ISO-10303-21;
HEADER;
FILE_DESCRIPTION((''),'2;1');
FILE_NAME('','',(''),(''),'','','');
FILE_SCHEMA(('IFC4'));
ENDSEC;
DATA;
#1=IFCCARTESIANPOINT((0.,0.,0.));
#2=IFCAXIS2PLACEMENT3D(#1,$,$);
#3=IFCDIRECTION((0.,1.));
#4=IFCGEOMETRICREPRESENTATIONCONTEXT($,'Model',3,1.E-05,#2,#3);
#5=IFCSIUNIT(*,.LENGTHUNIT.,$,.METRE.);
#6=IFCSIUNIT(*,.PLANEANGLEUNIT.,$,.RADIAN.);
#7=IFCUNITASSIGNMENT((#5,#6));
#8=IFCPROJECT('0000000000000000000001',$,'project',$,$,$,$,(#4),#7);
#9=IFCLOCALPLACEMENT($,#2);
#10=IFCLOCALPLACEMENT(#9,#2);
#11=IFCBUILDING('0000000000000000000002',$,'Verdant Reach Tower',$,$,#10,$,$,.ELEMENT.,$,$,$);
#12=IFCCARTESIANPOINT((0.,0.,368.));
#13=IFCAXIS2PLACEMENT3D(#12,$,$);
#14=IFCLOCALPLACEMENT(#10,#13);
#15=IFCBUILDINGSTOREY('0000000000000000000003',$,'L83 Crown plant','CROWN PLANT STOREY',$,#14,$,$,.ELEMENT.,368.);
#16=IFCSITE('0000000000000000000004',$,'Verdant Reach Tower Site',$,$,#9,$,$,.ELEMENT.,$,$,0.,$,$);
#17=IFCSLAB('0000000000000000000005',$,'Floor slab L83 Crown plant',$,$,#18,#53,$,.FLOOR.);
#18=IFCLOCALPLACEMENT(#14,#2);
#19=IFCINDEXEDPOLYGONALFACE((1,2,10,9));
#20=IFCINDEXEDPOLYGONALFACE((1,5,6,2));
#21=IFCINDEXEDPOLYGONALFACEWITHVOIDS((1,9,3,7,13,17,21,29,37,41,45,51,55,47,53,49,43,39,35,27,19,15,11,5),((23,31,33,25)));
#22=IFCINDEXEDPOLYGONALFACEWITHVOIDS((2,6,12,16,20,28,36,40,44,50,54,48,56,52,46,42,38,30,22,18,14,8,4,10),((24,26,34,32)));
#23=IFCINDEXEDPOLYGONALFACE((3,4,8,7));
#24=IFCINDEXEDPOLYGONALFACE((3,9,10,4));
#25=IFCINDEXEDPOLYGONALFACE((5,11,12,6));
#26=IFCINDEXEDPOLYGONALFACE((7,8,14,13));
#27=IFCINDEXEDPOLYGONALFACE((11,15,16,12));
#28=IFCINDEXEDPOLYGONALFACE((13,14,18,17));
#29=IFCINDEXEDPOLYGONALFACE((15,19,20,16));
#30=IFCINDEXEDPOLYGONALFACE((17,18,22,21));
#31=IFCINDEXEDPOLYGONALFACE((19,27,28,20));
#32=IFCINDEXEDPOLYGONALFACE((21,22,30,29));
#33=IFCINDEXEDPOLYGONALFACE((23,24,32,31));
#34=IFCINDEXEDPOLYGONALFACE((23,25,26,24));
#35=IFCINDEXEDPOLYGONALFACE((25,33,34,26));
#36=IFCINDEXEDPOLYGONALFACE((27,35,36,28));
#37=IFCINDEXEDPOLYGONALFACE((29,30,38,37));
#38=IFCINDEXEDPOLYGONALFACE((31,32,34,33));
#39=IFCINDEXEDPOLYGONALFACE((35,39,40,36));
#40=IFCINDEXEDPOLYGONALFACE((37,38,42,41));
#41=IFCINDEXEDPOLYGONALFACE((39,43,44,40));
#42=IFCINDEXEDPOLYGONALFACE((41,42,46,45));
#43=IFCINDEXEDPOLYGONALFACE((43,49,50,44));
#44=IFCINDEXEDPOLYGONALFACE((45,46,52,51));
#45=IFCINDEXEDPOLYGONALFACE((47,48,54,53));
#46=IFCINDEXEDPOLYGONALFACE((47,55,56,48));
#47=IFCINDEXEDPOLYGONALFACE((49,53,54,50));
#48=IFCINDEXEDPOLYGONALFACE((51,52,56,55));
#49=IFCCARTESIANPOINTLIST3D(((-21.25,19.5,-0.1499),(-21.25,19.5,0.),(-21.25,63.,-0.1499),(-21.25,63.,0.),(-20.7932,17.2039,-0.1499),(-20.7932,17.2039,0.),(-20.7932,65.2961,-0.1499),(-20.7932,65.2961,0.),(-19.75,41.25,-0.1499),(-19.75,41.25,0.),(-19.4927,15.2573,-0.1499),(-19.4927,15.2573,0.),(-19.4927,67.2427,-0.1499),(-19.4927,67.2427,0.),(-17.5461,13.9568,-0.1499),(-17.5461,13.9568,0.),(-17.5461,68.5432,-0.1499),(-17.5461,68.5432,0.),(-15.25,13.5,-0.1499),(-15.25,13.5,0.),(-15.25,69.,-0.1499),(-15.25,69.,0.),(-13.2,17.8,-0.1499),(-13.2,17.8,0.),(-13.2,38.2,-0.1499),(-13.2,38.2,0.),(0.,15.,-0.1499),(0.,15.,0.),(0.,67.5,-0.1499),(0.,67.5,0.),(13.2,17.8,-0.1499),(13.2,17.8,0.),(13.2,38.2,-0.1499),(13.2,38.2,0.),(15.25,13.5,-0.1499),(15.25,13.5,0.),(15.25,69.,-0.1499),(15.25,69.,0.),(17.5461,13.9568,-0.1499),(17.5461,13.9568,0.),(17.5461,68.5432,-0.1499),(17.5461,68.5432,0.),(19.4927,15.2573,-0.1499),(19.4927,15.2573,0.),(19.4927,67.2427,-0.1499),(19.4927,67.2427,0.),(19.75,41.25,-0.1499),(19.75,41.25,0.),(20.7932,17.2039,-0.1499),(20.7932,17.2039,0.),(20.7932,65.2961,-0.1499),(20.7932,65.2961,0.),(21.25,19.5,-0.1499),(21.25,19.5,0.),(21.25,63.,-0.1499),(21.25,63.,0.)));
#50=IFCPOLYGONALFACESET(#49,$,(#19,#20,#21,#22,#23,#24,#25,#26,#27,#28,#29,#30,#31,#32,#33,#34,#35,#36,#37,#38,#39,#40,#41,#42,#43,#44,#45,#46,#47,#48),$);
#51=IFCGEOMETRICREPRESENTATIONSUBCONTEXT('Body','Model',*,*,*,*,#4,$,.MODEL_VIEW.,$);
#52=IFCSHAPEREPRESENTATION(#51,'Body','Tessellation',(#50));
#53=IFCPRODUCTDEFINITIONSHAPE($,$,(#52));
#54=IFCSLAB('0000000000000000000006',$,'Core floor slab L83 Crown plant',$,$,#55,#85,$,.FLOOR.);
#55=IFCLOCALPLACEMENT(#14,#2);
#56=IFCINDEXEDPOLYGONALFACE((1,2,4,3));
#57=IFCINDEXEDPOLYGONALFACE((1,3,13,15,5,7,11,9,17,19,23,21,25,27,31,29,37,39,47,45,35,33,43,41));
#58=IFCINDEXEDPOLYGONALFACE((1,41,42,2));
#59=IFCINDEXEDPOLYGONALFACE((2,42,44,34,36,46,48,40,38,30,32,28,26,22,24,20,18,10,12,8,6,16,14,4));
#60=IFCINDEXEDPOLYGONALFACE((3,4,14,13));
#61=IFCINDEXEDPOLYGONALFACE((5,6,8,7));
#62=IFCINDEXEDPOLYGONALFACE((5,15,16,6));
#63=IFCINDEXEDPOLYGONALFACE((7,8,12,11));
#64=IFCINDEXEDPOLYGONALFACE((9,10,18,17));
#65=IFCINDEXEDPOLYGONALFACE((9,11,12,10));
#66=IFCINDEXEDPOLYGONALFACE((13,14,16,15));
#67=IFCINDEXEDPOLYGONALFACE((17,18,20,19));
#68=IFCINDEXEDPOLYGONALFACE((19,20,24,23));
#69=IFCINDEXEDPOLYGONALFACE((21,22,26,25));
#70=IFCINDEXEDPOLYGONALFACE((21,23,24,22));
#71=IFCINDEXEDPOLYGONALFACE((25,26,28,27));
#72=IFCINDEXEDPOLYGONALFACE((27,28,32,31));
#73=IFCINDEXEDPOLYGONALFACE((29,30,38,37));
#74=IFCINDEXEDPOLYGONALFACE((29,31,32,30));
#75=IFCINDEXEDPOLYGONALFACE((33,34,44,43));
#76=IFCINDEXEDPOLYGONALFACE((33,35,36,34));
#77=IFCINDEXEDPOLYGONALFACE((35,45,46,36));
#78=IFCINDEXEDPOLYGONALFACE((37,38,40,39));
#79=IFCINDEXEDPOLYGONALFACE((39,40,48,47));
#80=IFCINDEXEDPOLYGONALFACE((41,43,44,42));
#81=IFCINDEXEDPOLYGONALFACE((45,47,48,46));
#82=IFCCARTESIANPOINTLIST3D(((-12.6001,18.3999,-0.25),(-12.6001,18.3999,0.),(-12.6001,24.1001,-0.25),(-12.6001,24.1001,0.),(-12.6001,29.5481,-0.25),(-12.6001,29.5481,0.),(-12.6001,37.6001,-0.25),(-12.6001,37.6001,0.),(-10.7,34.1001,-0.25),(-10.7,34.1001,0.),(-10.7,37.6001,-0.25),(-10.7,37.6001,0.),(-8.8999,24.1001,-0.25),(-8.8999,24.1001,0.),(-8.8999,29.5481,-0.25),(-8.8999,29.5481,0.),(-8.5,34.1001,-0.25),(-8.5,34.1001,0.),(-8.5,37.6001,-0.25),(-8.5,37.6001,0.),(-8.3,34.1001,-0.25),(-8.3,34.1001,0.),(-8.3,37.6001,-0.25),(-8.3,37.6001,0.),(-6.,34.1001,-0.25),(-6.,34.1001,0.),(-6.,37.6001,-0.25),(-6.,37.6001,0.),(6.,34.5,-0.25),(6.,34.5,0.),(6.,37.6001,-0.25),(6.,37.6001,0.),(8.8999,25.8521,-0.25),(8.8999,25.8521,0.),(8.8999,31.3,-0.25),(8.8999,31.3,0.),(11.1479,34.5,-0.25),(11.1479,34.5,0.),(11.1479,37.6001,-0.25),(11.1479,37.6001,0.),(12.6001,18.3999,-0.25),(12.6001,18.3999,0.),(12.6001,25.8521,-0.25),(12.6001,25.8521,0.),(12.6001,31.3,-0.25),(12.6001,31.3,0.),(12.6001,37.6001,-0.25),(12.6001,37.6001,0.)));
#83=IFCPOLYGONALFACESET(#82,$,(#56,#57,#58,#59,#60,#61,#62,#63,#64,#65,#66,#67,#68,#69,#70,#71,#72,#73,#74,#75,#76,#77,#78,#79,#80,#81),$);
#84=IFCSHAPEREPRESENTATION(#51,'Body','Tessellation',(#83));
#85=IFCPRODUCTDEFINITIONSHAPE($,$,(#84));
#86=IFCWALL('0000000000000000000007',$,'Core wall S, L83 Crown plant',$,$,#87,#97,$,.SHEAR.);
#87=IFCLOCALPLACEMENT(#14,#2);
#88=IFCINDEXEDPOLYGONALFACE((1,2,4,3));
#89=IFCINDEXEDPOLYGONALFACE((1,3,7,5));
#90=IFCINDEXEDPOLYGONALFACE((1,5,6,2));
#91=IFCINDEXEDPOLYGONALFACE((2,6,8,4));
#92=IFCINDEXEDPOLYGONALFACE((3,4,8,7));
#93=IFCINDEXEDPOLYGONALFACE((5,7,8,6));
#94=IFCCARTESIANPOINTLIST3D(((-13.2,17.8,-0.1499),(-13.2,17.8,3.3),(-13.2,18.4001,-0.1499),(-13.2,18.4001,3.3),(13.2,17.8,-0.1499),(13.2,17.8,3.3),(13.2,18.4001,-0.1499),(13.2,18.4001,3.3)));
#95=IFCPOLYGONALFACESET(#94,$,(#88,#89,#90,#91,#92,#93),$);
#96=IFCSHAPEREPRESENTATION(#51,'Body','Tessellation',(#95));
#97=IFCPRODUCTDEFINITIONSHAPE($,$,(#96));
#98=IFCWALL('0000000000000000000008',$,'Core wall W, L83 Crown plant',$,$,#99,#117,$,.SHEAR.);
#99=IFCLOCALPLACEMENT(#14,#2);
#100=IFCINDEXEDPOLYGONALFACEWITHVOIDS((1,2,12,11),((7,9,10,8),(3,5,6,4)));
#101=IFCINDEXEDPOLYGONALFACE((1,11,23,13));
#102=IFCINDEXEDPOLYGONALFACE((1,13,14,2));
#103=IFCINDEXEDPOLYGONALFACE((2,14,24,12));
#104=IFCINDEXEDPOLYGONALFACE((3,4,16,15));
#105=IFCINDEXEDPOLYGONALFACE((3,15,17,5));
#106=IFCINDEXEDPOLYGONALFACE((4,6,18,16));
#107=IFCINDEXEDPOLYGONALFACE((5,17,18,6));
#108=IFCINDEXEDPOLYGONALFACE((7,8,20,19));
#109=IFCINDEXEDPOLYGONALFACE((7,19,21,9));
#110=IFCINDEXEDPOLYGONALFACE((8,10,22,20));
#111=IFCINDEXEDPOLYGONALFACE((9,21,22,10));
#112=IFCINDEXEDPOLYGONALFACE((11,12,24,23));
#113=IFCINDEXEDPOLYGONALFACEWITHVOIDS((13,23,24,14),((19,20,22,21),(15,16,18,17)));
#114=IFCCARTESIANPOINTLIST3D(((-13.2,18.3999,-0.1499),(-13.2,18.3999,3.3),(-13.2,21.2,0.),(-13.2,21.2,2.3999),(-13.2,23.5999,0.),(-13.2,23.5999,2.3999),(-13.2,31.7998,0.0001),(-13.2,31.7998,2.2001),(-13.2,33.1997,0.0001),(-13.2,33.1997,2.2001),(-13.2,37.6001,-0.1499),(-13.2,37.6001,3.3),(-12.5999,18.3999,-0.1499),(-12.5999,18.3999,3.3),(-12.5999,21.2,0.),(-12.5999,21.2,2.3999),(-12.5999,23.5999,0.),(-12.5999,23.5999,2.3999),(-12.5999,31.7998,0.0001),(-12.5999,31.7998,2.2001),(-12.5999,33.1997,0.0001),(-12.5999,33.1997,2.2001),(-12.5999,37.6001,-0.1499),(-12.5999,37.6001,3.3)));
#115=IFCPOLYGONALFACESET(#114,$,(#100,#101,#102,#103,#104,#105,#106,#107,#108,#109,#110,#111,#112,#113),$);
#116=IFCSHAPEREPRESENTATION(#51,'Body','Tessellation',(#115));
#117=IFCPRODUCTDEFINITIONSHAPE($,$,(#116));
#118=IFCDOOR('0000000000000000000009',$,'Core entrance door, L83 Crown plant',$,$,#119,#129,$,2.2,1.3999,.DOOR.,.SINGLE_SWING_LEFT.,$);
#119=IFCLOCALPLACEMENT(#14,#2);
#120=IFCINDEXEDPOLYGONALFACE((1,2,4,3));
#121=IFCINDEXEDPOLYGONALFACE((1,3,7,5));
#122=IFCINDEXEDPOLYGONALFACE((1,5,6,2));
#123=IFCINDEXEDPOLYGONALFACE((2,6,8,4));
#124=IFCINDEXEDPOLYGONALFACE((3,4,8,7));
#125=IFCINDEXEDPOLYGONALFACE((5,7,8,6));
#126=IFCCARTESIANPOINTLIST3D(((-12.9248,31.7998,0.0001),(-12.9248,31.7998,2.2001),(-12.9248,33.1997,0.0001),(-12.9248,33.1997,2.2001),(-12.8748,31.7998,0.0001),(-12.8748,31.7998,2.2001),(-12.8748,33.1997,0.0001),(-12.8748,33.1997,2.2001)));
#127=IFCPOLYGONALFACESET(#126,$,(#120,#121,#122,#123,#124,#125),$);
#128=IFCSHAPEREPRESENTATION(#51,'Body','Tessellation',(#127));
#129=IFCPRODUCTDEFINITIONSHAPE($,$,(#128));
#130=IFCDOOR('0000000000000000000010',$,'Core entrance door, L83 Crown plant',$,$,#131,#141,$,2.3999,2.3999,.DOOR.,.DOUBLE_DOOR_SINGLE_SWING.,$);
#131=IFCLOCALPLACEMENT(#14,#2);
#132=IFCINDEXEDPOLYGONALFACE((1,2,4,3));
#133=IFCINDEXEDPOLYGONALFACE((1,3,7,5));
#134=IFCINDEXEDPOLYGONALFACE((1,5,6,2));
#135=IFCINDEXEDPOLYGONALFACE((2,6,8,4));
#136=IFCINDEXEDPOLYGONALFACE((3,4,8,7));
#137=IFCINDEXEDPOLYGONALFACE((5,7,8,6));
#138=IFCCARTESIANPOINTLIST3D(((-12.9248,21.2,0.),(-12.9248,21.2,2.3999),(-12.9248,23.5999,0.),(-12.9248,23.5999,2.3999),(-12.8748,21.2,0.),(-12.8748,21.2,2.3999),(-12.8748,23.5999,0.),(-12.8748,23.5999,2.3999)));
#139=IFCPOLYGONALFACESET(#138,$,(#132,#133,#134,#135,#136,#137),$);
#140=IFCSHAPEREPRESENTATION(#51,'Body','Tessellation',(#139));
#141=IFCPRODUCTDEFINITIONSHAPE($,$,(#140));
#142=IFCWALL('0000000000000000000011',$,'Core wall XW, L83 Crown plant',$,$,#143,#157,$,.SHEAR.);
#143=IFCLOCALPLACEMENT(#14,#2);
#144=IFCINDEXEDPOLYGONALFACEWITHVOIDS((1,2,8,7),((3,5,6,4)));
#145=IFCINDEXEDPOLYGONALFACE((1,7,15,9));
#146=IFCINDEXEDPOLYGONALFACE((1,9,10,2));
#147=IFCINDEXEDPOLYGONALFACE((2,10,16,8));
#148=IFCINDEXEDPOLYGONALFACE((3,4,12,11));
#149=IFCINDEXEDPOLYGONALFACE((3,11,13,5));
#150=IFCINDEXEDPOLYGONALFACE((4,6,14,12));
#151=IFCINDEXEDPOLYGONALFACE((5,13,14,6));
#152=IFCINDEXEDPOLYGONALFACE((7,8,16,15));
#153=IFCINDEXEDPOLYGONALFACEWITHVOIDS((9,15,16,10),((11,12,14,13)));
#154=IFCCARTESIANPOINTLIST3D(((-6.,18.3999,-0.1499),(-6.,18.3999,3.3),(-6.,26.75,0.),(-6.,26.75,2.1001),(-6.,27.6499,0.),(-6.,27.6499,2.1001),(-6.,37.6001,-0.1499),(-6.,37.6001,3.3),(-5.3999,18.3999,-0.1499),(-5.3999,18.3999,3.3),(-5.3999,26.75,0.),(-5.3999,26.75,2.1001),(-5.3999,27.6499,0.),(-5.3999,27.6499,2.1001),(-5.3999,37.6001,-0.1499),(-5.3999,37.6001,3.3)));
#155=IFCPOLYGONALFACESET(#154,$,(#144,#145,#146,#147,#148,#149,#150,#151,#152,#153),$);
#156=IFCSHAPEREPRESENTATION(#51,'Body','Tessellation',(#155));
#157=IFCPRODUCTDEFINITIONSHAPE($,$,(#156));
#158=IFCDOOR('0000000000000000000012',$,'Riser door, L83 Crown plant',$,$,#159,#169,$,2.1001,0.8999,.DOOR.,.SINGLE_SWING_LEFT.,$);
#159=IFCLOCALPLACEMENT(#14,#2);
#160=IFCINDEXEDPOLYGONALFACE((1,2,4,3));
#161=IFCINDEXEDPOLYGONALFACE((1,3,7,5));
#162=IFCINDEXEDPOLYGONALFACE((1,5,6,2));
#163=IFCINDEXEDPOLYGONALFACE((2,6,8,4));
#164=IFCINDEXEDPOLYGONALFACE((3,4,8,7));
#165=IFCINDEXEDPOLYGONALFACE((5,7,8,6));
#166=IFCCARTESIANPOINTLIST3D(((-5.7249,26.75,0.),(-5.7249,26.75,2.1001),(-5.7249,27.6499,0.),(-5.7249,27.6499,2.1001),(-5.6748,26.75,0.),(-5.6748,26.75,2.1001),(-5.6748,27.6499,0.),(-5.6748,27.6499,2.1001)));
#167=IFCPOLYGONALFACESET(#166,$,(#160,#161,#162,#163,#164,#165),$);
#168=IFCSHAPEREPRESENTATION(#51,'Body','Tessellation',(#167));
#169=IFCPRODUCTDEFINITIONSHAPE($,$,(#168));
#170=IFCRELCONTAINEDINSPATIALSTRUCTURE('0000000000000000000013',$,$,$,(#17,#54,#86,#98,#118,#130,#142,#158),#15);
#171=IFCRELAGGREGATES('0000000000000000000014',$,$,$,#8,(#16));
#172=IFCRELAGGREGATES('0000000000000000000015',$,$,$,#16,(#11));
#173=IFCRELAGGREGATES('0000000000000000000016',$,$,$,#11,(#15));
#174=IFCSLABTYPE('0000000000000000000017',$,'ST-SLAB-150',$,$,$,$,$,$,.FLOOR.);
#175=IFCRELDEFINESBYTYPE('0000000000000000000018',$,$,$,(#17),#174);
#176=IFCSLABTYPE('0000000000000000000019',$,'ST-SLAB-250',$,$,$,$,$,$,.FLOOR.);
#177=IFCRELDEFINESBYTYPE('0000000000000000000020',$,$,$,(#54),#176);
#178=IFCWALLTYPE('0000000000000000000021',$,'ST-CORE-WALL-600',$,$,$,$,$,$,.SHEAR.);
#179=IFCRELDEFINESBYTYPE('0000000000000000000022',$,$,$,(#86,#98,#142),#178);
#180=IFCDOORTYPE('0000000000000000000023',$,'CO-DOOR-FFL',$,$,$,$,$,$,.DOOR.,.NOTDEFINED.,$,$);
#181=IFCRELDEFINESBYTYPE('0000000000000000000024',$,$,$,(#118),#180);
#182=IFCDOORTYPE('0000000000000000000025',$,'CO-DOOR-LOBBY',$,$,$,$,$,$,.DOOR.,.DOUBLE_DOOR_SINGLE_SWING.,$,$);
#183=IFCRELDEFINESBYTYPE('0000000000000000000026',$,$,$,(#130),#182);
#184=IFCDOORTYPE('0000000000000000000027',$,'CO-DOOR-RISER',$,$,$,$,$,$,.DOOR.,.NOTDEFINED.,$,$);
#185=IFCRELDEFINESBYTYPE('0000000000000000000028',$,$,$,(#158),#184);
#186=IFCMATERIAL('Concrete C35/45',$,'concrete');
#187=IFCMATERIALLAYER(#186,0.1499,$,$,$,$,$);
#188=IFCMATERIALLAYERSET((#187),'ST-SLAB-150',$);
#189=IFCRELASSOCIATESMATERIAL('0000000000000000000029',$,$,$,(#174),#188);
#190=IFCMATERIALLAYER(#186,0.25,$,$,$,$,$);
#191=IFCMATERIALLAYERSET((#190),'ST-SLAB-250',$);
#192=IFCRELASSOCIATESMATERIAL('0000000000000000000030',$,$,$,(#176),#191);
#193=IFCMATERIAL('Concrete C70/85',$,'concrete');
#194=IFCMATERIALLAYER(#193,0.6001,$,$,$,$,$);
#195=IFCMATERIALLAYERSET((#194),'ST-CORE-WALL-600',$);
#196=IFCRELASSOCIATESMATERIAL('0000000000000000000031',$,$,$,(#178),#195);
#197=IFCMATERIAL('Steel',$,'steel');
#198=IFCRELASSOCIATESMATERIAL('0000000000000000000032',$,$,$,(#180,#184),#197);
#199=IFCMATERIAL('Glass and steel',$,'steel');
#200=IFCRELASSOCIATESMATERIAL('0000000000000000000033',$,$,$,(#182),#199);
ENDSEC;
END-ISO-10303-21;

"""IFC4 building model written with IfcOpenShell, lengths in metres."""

from ifc_helpers import new_model, si_unit, direction, frame, frame_2d, origin, place, context, subcontext, project, spatial, polyline, rectangle, outline, extrude, material, layer, layer_set, type_object, element, fill, save


model = new_model("IFC4")

# Units and contexts
model_context = context("Model", 3, precision=1e-05, world=origin(), true_north=direction((0.0, 1.0)))
body_context = subcontext(model_context, "Body", "Model", "MODEL_VIEW")
ifc_project = project(units=[si_unit("LENGTHUNIT", "METRE"), si_unit("PLANEANGLEUNIT", "RADIAN")], contexts=[model_context])

# Site, building, storey
site_placement = place(None, origin())
site = spatial("IfcSite", under=ifc_project, at=site_placement, Name="Verdant Reach Tower Site", CompositionType="ELEMENT", RefElevation=0.0)
building_placement = place(site_placement, origin())
building = spatial("IfcBuilding", under=site, at=building_placement, Name="Verdant Reach Tower", CompositionType="ELEMENT")
storey_placement = place(building_placement, frame((0.0, 0.0, 368.0)))
storey = spatial("IfcBuildingStorey", under=building, at=storey_placement, Name="L83 Crown plant", Description="CROWN PLANT STOREY", CompositionType="ELEMENT", Elevation=368.0)

# Slabs
ifc_material_1 = material(Name="Concrete C35/45", Category="concrete")
ifc_layer_1 = layer(ifc_material_1, 0.1499)
ifc_layer_set_1 = layer_set([ifc_layer_1], Name="ST-SLAB-150")
slab_type_1 = type_object("IfcSlabType", Name="ST-SLAB-150", PredefinedType="FLOOR", material=ifc_layer_set_1)
slab_1_placement = place(storey_placement, frame((0.0, 0.0, -0.1499)))
element("IfcSlab", 1, at=slab_1_placement, inside=storey, type_object=slab_type_1, Name="Floor slab L83 Crown plant", PredefinedType="FLOOR", context=body_context, shape_type="SweptSolid", body=[
    extrude(outline(polyline([(0.0, 15.0), (-15.25, 13.5), (-17.5461, 13.9568), (-19.4927, 15.2573), (-20.7932, 17.2039), (-21.25, 19.5), (-19.75, 41.25), (-21.25, 63.0), (-20.7932, 65.2961), (-19.4927, 67.2427), (-17.5461, 68.5432), (-15.25, 69.0), (0.0, 67.5), (15.25, 69.0), (17.5461, 68.5432), (19.4927, 67.2427), (20.7932, 65.2961), (21.25, 63.0), (19.75, 41.25), (21.25, 19.5), (20.7932, 17.2039), (19.4927, 15.2573), (17.5461, 13.9568), (15.25, 13.5), (0.0, 15.0)]), holes=[polyline([(13.2, 38.2), (-13.2, 38.2), (-13.2, 17.8), (13.2, 17.8), (13.2, 38.2)])]), origin(), (0.0, 0.0, 1.0), 0.1499),
])
ifc_layer_2 = layer(ifc_material_1, 0.25)
ifc_layer_set_2 = layer_set([ifc_layer_2], Name="ST-SLAB-250")
slab_type_2 = type_object("IfcSlabType", Name="ST-SLAB-250", PredefinedType="FLOOR", material=ifc_layer_set_2)
slab_2_placement = place(storey_placement, frame((0.0, 0.0, -0.25)))
element("IfcSlab", 2, at=slab_2_placement, inside=storey, type_object=slab_type_2, Name="Core floor slab L83 Crown plant", PredefinedType="FLOOR", context=body_context, shape_type="SweptSolid", body=[
    extrude(outline(polyline([(12.6001, 18.3999), (-12.6001, 18.3999), (-12.6001, 24.1001), (-8.8999, 24.1001), (-8.8999, 29.5481), (-12.6001, 29.5481), (-12.6001, 37.6001), (-10.7, 37.6001), (-10.7, 34.1001), (-8.5, 34.1001), (-8.5, 37.6001), (-8.3, 37.6001), (-8.3, 34.1001), (-6.0, 34.1001), (-6.0, 37.6001), (6.0, 37.6001), (6.0, 34.5), (11.1479, 34.5), (11.1479, 37.6001), (12.6001, 37.6001), (12.6001, 31.3), (8.8999, 31.3), (8.8999, 25.8521), (12.6001, 25.8521), (12.6001, 18.3999)])), origin(), (0.0, 0.0, 1.0), 0.25),
])

# Wall
ifc_material_2 = material(Name="Concrete C70/85", Category="concrete")
ifc_layer_3 = layer(ifc_material_2, 0.6001)
ifc_layer_set_3 = layer_set([ifc_layer_3], Name="ST-CORE-WALL-600")
wall_type_1 = type_object("IfcWallType", Name="ST-CORE-WALL-600", PredefinedType="SHEAR", material=ifc_layer_set_3)
wall_1_placement = place(storey_placement, frame((-13.2, 18.1001, -0.1499), z_axis=(0.0, 0.0, 1.0), x_axis=(1.0, 0.0, 0.0)))
element("IfcWall", 3, at=wall_1_placement, inside=storey, type_object=wall_type_1, Name="Core wall S, L83 Crown plant", PredefinedType="SHEAR", context=body_context, shape_type="SweptSolid", body=[
    extrude(rectangle(XDim=26.3999, YDim=0.6001, at=frame_2d((13.2, 0.0))), origin(), (0.0, 0.0, 1.0), 3.45),
])

# Wall, openings, doors
wall_2_placement = place(storey_placement, frame((-12.8999, 18.3999, -0.1499), z_axis=(0.0, 0.0, 1.0), x_axis=(0.0, 1.0, 0.0)))
wall_2 = element("IfcWall", 4, at=wall_2_placement, inside=storey, type_object=wall_type_1, Name="Core wall W, L83 Crown plant", PredefinedType="SHEAR", context=body_context, shape_type="SweptSolid", body=[
    extrude(rectangle(XDim=19.2002, YDim=0.6001, at=frame_2d((9.6001, 0.0))), origin(), (0.0, 0.0, 1.0), 3.45),
])
opening_1_placement = place(wall_2_placement, frame((2.8, 0.0, 0.1499)))
opening_1 = element("IfcOpeningElement", 5, at=opening_1_placement, cuts=wall_2, PredefinedType="OPENING", context=body_context, shape_type="SweptSolid", body=[
    extrude(rectangle(XDim=2.3999, YDim=2.3999, at=frame_2d((1.2, 1.2))), frame((0.0, 0.3101, 0.0), z_axis=(0.0, -1.0, 0.0), x_axis=(1.0, 0.0, 0.0)), (0.0, 0.0, 1.0), 0.6201),
])
opening_2_placement = place(wall_2_placement, frame((13.3999, 0.0, 0.1499)))
opening_2 = element("IfcOpeningElement", 6, at=opening_2_placement, cuts=wall_2, PredefinedType="OPENING", context=body_context, shape_type="SweptSolid", body=[
    extrude(rectangle(XDim=1.3999, YDim=2.2, at=frame_2d((0.7, 1.1001))), frame((0.0, 0.3101, 0.0), z_axis=(0.0, -1.0, 0.0), x_axis=(1.0, 0.0, 0.0)), (0.0, 0.0, 1.0), 0.6201),
])
ifc_material_3 = material(Name="Steel", Category="steel")
door_type_1 = type_object("IfcDoorType", Name="CO-DOOR-FFL", OperationType="NOTDEFINED", PredefinedType="DOOR", material=ifc_material_3)
door_1_placement = place(opening_2_placement, origin())
door_1 = element("IfcDoor", 7, at=door_1_placement, inside=storey, type_object=door_type_1, Name="Core entrance door, L83 Crown plant", OperationType="SINGLE_SWING_LEFT", OverallHeight=2.2, OverallWidth=1.3999, PredefinedType="DOOR", context=body_context, shape_type="SweptSolid", body=[
    extrude(rectangle(XDim=1.3999, YDim=2.2, at=frame_2d((0.7, 1.1001))), frame((0.0, 0.0249, 0.0), z_axis=(0.0, -1.0, 0.0), x_axis=(1.0, 0.0, 0.0)), (0.0, 0.0, 1.0), 0.05),
])
fill(opening_2, door_1)
ifc_material_4 = material(Name="Glass and steel", Category="steel")
door_type_2 = type_object("IfcDoorType", Name="CO-DOOR-LOBBY", OperationType="DOUBLE_DOOR_SINGLE_SWING", PredefinedType="DOOR", material=ifc_material_4)
door_2_placement = place(opening_1_placement, origin())
door_2 = element("IfcDoor", 8, at=door_2_placement, inside=storey, type_object=door_type_2, Name="Core entrance door, L83 Crown plant", OperationType="DOUBLE_DOOR_SINGLE_SWING", OverallHeight=2.3999, OverallWidth=2.3999, PredefinedType="DOOR", context=body_context, shape_type="SweptSolid", body=[
    extrude(rectangle(XDim=2.3999, YDim=2.3999, at=frame_2d((1.2, 1.2))), frame((0.0, 0.0249, 0.0), z_axis=(0.0, -1.0, 0.0), x_axis=(1.0, 0.0, 0.0)), (0.0, 0.0, 1.0), 0.05),
])
fill(opening_1, door_2)

# Wall, opening, door
wall_3_placement = place(storey_placement, frame((-5.7, 18.3999, -0.1499), z_axis=(0.0, 0.0, 1.0), x_axis=(0.0, 1.0, 0.0)))
wall_3 = element("IfcWall", 9, at=wall_3_placement, inside=storey, type_object=wall_type_1, Name="Core wall XW, L83 Crown plant", PredefinedType="SHEAR", context=body_context, shape_type="SweptSolid", body=[
    extrude(rectangle(XDim=19.2002, YDim=0.6001, at=frame_2d((9.6001, 0.0))), origin(), (0.0, 0.0, 1.0), 3.45),
])
opening_3_placement = place(wall_3_placement, frame((8.3501, 0.0, 0.1499)))
opening_3 = element("IfcOpeningElement", 10, at=opening_3_placement, cuts=wall_3, PredefinedType="OPENING", context=body_context, shape_type="SweptSolid", body=[
    extrude(rectangle(XDim=0.8999, YDim=2.1001, at=frame_2d((0.45, 1.05))), frame((0.0, 0.3101, 0.0), z_axis=(0.0, -1.0, 0.0), x_axis=(1.0, 0.0, 0.0)), (0.0, 0.0, 1.0), 0.6201),
])
door_type_3 = type_object("IfcDoorType", Name="CO-DOOR-RISER", OperationType="NOTDEFINED", PredefinedType="DOOR", material=ifc_material_3)
door_3_placement = place(opening_3_placement, origin())
door_3 = element("IfcDoor", 11, at=door_3_placement, inside=storey, type_object=door_type_3, Name="Riser door, L83 Crown plant", OperationType="SINGLE_SWING_LEFT", OverallHeight=2.1001, OverallWidth=0.8999, PredefinedType="DOOR", context=body_context, shape_type="SweptSolid", body=[
    extrude(rectangle(XDim=0.8999, YDim=2.1001, at=frame_2d((0.45, 1.05))), frame((0.0, 0.0249, 0.0), z_axis=(0.0, -1.0, 0.0), x_axis=(1.0, 0.0, 0.0)), (0.0, 0.0, 1.0), 0.05),
])
fill(opening_3, door_3)

save(model, "model.ifc")
